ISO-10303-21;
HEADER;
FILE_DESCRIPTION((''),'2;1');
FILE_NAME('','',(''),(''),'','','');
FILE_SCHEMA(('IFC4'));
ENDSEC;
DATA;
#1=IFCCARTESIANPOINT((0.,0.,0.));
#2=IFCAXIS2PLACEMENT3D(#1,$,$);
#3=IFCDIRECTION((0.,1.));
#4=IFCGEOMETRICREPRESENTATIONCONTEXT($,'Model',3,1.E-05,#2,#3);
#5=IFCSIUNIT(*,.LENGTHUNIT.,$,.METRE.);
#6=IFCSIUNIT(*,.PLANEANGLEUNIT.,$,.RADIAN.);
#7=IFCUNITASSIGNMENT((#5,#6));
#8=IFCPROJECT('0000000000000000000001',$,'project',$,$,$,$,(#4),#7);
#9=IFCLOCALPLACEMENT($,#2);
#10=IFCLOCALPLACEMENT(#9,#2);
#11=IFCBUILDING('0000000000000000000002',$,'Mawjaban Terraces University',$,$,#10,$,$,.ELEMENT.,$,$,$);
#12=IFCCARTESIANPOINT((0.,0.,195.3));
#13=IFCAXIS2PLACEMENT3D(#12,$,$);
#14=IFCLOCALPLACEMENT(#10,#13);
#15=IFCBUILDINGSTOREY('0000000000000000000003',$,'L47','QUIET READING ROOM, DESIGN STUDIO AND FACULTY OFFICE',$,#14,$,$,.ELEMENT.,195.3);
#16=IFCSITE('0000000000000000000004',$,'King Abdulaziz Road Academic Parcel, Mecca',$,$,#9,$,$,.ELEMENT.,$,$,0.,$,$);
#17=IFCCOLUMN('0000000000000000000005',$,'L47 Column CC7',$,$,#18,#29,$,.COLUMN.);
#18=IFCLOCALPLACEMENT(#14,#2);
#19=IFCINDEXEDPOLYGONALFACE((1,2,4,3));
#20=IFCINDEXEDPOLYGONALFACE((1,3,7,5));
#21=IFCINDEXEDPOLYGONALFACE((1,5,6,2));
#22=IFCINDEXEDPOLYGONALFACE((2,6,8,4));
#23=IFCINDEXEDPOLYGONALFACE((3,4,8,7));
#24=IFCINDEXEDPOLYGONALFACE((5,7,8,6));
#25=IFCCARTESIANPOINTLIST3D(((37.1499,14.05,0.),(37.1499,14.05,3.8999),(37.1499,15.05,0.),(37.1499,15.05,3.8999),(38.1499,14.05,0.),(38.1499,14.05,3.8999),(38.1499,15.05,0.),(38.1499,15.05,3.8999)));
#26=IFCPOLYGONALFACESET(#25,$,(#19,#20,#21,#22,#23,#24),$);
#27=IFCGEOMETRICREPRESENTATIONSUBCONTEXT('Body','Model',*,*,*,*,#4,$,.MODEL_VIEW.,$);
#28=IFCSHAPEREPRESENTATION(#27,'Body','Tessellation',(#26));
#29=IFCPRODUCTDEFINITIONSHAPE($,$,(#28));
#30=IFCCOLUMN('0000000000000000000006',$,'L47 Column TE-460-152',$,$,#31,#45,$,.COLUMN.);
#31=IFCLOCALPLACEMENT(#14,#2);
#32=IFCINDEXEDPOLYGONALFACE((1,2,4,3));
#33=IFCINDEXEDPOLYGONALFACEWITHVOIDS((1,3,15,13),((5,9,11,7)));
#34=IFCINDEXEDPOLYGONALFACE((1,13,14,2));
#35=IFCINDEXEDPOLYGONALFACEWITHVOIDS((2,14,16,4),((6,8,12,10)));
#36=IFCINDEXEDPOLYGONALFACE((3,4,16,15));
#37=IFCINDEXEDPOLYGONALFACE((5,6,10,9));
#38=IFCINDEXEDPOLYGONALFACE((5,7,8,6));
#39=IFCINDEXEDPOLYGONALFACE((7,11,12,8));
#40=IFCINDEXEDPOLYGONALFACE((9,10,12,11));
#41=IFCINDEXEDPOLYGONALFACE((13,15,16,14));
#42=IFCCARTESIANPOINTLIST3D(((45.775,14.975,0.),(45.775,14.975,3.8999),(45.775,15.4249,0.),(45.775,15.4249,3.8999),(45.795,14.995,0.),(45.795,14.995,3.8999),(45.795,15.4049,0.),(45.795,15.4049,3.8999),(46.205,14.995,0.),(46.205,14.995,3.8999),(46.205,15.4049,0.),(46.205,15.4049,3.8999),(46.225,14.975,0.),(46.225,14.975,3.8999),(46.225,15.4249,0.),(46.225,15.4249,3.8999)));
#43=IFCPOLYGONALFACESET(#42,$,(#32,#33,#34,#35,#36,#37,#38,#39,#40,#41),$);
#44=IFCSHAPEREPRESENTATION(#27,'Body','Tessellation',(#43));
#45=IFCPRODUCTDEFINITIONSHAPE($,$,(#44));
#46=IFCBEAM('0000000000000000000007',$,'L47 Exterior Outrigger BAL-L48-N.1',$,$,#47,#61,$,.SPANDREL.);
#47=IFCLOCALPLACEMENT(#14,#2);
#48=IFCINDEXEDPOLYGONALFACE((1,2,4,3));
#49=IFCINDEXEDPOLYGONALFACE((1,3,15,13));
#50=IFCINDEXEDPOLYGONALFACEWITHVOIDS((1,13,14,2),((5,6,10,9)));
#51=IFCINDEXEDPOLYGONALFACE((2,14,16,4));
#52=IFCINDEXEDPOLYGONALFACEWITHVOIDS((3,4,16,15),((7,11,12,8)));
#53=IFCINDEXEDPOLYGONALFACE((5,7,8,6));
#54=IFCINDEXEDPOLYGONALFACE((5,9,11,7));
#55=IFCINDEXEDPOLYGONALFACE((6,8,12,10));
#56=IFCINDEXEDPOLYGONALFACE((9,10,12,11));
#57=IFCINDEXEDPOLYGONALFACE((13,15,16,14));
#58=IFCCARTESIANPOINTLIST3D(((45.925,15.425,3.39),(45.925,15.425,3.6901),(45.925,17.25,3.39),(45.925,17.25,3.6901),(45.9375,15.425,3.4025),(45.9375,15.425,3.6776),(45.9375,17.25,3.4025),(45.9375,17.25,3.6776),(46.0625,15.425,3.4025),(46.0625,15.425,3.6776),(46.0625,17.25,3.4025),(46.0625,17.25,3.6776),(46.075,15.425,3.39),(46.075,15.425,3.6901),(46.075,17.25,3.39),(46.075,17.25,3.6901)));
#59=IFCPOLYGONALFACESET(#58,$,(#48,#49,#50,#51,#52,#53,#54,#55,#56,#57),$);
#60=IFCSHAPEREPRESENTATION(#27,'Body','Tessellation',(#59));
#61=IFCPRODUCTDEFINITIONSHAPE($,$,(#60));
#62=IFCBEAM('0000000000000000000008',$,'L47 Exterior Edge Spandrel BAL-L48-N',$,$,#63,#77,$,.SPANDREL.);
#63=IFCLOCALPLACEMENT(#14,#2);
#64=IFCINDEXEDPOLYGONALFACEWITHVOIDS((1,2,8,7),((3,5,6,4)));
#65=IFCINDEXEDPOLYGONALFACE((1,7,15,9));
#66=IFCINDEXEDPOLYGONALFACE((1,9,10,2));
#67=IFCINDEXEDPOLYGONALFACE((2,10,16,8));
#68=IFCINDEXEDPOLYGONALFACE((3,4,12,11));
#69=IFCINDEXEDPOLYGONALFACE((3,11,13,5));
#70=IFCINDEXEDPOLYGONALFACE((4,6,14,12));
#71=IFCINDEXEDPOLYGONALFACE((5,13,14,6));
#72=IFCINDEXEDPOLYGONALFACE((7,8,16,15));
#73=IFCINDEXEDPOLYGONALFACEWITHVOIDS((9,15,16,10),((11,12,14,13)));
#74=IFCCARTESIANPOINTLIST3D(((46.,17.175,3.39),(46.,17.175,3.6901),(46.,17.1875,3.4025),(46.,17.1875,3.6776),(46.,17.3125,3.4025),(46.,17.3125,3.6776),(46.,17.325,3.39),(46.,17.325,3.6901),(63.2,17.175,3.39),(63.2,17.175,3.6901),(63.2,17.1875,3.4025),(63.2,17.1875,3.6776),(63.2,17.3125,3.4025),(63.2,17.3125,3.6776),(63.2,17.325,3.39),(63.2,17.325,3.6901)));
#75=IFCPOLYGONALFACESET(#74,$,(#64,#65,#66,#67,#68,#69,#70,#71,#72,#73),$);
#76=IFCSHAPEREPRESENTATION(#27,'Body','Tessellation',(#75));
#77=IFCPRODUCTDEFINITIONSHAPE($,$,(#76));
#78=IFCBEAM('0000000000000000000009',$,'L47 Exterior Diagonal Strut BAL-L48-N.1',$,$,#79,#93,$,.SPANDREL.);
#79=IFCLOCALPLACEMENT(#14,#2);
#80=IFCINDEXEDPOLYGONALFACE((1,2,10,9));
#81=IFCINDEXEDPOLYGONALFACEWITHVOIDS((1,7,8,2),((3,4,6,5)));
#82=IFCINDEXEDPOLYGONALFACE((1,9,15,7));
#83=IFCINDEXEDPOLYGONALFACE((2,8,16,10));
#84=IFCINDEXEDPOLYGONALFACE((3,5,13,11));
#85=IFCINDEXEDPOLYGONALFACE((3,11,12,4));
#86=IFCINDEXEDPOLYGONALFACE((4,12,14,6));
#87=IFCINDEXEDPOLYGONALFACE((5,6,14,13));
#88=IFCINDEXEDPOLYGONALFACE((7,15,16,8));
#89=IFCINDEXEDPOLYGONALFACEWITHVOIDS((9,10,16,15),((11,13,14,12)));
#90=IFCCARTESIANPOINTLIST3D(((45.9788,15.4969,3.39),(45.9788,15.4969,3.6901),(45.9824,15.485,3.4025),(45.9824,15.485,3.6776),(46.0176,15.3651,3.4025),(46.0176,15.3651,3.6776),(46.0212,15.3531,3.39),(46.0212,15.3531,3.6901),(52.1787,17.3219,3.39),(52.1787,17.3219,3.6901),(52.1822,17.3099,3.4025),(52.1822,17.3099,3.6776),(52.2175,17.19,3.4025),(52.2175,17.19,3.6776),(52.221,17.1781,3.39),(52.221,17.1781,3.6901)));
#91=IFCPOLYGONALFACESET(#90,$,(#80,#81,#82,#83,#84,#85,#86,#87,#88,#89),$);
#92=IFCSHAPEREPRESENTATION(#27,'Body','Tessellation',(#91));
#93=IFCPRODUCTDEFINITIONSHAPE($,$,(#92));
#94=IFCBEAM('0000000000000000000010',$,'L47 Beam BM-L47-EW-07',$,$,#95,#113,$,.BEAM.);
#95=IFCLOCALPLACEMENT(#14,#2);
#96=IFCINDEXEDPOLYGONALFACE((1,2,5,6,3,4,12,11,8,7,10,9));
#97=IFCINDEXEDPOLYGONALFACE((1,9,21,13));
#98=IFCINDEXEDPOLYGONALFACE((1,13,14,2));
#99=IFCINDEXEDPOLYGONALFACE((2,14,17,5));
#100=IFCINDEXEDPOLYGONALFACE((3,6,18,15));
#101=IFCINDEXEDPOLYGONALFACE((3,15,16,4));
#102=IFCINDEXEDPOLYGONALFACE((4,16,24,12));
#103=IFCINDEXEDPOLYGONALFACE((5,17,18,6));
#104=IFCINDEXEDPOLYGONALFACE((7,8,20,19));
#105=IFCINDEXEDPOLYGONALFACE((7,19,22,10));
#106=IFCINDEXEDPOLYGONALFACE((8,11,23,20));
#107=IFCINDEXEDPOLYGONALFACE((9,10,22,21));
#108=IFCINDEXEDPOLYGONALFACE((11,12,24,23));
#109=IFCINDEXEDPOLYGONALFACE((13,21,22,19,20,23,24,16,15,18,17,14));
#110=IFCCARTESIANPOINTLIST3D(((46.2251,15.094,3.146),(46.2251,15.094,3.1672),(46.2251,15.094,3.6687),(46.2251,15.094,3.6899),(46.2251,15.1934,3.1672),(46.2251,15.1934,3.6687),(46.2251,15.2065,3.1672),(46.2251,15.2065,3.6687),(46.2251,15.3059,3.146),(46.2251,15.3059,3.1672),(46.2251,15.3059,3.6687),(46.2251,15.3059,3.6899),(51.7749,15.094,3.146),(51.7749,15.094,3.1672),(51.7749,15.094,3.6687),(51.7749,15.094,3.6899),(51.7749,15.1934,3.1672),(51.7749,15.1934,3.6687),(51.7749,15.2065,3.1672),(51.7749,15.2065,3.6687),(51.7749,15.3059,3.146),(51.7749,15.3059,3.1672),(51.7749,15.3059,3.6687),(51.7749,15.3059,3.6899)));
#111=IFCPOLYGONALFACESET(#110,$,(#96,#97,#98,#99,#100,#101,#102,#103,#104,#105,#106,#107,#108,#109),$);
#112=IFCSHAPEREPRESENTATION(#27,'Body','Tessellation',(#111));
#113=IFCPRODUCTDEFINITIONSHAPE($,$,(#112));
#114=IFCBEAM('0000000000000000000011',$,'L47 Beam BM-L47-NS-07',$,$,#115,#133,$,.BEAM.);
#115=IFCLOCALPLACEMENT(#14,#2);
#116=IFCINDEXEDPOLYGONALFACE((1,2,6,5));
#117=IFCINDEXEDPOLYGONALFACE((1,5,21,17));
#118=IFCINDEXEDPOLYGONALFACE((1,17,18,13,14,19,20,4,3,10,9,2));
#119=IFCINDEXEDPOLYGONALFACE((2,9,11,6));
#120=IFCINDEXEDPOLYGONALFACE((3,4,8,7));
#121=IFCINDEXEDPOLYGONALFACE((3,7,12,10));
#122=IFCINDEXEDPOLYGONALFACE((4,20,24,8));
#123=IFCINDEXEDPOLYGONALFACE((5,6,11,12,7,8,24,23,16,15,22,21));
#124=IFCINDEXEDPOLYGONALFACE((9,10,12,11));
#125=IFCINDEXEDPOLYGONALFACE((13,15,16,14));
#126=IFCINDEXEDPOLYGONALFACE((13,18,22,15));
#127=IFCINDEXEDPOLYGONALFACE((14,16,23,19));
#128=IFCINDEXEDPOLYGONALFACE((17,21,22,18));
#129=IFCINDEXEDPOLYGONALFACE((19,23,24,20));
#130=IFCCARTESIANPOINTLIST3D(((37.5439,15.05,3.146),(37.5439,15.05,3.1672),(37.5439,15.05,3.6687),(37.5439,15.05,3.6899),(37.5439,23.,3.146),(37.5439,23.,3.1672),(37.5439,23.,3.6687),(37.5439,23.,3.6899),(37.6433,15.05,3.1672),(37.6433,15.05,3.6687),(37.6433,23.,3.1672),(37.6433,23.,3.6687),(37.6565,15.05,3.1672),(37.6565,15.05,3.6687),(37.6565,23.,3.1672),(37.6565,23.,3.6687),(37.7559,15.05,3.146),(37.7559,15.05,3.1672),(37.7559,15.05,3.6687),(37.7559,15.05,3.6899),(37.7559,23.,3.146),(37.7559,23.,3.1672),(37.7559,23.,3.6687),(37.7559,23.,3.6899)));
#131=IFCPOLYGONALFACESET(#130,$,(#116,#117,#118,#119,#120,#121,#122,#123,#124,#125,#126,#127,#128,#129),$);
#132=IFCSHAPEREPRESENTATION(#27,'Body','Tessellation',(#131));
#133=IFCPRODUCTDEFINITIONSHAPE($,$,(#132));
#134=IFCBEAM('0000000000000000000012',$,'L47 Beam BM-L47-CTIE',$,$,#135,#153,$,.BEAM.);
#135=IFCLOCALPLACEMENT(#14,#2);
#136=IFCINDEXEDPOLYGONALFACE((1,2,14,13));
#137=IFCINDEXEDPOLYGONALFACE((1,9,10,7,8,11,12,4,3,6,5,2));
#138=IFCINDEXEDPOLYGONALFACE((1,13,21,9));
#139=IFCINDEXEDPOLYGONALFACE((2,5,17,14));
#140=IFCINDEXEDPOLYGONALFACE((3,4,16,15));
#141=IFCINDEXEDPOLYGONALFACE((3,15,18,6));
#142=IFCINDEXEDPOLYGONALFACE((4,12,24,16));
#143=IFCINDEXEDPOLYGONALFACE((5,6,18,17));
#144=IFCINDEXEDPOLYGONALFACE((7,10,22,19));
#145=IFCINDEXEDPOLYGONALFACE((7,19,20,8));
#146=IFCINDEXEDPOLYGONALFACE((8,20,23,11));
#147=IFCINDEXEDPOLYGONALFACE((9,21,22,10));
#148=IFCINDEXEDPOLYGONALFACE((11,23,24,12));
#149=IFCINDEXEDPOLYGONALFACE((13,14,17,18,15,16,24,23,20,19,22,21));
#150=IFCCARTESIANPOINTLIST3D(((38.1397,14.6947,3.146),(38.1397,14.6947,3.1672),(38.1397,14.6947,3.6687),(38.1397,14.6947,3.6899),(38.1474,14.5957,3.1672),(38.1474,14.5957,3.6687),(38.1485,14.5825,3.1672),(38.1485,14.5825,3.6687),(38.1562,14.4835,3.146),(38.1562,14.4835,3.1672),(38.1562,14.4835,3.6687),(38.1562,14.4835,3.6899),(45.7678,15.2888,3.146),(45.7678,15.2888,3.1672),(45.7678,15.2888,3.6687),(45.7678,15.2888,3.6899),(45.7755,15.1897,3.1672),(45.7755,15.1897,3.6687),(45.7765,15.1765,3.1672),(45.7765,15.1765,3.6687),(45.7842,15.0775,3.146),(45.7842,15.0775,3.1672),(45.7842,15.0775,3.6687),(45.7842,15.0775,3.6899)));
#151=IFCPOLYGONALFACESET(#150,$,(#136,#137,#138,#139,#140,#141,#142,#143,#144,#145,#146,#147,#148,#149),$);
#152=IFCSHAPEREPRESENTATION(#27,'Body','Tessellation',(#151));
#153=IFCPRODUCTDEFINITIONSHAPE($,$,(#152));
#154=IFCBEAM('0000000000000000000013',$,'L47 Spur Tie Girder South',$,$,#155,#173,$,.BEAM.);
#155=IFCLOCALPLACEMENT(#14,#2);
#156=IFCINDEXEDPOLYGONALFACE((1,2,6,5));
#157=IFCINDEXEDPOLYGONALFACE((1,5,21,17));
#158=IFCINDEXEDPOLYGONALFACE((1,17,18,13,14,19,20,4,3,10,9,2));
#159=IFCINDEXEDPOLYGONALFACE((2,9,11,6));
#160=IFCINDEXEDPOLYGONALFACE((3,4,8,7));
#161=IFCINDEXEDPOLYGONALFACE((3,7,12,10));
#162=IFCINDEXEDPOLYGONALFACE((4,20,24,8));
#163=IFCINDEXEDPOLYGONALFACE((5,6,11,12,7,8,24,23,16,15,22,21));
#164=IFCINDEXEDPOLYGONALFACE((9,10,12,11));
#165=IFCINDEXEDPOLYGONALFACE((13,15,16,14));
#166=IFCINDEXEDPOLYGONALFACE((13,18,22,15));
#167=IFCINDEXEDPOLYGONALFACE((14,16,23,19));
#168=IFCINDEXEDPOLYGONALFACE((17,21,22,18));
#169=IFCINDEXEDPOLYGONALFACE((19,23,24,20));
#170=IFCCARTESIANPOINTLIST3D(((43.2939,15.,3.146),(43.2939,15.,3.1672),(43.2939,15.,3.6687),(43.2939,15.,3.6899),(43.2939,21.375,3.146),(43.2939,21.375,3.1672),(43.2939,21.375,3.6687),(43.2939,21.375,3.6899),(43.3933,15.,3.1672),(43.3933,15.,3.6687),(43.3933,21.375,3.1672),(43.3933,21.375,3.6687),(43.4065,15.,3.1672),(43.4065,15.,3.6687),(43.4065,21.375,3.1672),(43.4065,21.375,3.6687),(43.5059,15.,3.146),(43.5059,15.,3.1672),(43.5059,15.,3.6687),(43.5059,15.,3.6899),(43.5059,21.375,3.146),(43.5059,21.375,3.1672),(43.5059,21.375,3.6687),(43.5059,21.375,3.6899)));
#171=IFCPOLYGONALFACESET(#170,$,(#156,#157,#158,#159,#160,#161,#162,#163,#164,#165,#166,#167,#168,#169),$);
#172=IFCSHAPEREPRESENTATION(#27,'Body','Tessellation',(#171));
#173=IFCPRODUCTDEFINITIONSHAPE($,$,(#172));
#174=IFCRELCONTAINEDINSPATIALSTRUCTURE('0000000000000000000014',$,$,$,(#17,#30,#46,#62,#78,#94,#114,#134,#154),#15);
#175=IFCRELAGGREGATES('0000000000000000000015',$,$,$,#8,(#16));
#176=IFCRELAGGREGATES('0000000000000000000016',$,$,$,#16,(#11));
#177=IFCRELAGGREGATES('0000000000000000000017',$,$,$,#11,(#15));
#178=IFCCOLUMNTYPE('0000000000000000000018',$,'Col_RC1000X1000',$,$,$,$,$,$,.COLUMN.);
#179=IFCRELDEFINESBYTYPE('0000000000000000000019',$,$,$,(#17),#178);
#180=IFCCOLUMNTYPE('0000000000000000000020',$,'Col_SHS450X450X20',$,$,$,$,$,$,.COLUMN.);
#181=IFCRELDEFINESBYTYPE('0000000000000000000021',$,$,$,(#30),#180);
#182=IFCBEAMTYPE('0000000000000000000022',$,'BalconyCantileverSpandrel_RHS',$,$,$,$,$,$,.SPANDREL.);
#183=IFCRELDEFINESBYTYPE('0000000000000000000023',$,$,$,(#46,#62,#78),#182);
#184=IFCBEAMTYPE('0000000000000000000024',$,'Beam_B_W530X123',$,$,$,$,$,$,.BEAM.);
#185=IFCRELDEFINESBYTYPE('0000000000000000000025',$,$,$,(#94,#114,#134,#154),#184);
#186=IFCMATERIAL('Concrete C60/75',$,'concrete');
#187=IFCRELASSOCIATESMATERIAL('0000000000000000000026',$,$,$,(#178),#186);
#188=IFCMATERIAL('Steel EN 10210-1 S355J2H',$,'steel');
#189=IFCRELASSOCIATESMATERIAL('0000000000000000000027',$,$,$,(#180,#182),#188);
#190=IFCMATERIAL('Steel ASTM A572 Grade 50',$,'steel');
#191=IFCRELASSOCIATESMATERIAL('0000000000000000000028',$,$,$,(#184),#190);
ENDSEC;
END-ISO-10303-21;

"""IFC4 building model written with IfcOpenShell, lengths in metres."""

from ifc_helpers import new_model, si_unit, direction, frame, origin, origin_2d, place, context, subcontext, project, spatial, rectangle, hollow_rectangle, i_section, extrude, material, material_profile, profile_set, type_object, element, save


model = new_model("IFC4")

# Units and contexts
model_context = context("Model", 3, precision=1e-05, world=origin(), true_north=direction((0.0, 1.0)))
body_context = subcontext(model_context, "Body", "Model", "MODEL_VIEW")
ifc_project = project(units=[si_unit("LENGTHUNIT", "METRE"), si_unit("PLANEANGLEUNIT", "RADIAN")], contexts=[model_context])

# Site, building, storey
site_placement = place(None, origin())
site = spatial("IfcSite", under=ifc_project, at=site_placement, Name="King Abdulaziz Road Academic Parcel, Mecca", CompositionType="ELEMENT", RefElevation=0.0)
building_placement = place(site_placement, origin())
building = spatial("IfcBuilding", under=site, at=building_placement, Name="Mawjaban Terraces University", CompositionType="ELEMENT")
storey_placement = place(building_placement, frame((0.0, 0.0, 195.3)))
storey = spatial("IfcBuildingStorey", under=building, at=storey_placement, Name="L47", Description="QUIET READING ROOM, DESIGN STUDIO AND FACULTY OFFICE", CompositionType="ELEMENT", Elevation=195.3)

# Columns
ifc_material_1 = material(Name="Concrete C60/75", Category="concrete")
ifc_material_profile_1 = material_profile(ifc_material_1, rectangle(XDim=1.0, YDim=1.0, at=origin_2d()), Name="RC1000X1000")
ifc_profile_set_1 = profile_set([ifc_material_profile_1], Name="Concrete C60/75")
column_type_1 = type_object("IfcColumnType", Name="Col_RC1000X1000", PredefinedType="COLUMN", material=ifc_profile_set_1)
column_1_placement = place(storey_placement, frame((37.6499, 14.55, 0.0), z_axis=(0.0, 0.0, 1.0), x_axis=(1.0, 0.0, 0.0)))
element("IfcColumn", 1, at=column_1_placement, inside=storey, type_object=column_type_1, Name="L47 Column CC7", PredefinedType="COLUMN", context=body_context, shape_type="SweptSolid", body=[
    extrude(rectangle(XDim=1.0, YDim=1.0, at=origin_2d()), origin(), (0.0, 0.0, 1.0), 3.8999),
])
ifc_material_2 = material(Name="Steel EN 10210-1 S355J2H", Category="steel")
ifc_material_profile_2 = material_profile(ifc_material_2, hollow_rectangle(XDim=0.45, YDim=0.45, WallThickness=0.02, at=origin_2d()), Name="SHS450X450X20")
ifc_profile_set_2 = profile_set([ifc_material_profile_2], Name="Steel EN 10210-1 S355J2H")
column_type_2 = type_object("IfcColumnType", Name="Col_SHS450X450X20", PredefinedType="COLUMN", material=ifc_profile_set_2)
column_2_placement = place(storey_placement, frame((46.0, 15.2, 0.0), z_axis=(0.0, 0.0, 1.0), x_axis=(1.0, 0.0, 0.0)))
element("IfcColumn", 2, at=column_2_placement, inside=storey, type_object=column_type_2, Name="L47 Column TE-460-152", PredefinedType="COLUMN", context=body_context, shape_type="SweptSolid", body=[
    extrude(hollow_rectangle(XDim=0.45, YDim=0.45, WallThickness=0.02, at=origin_2d()), origin(), (0.0, 0.0, 1.0), 3.8999),
])

# Beams
ifc_material_profile_3 = material_profile(ifc_material_2, hollow_rectangle(XDim=0.1499, YDim=0.3, WallThickness=0.0125, at=origin_2d()), Name="RHS300X150X12.5")
ifc_profile_set_3 = profile_set([ifc_material_profile_3], Name="Steel EN 10210-1 S355J2H")
beam_type_1 = type_object("IfcBeamType", Name="BalconyCantileverSpandrel_RHS", PredefinedType="SPANDREL", material=ifc_profile_set_3)
beam_1_placement = place(storey_placement, frame((46.0, 15.425, 3.54), z_axis=(0.0, 1.0, 0.0), x_axis=(-1.0, 0.0, 0.0)))
element("IfcBeam", 3, at=beam_1_placement, inside=storey, type_object=beam_type_1, Name="L47 Exterior Outrigger BAL-L48-N.1", PredefinedType="SPANDREL", context=body_context, shape_type="SweptSolid", body=[
    extrude(hollow_rectangle(XDim=0.1499, YDim=0.3, WallThickness=0.0125, at=origin_2d()), origin(), (0.0, 0.0, 1.0), 1.825),
])
beam_2_placement = place(storey_placement, frame((46.0, 17.25, 3.54), z_axis=(1.0, 0.0, 0.0), x_axis=(0.0, 1.0, 0.0)))
element("IfcBeam", 4, at=beam_2_placement, inside=storey, type_object=beam_type_1, Name="L47 Exterior Edge Spandrel BAL-L48-N", PredefinedType="SPANDREL", context=body_context, shape_type="SweptSolid", body=[
    extrude(hollow_rectangle(XDim=0.1499, YDim=0.3, WallThickness=0.0125, at=origin_2d()), origin(), (0.0, 0.0, 1.0), 17.2),
])
beam_3_placement = place(storey_placement, frame((46.0, 15.425, 3.54), z_axis=(0.959305, 0.282371, 0.0), x_axis=(-0.282371, 0.959305, 0.0)))
element("IfcBeam", 5, at=beam_3_placement, inside=storey, type_object=beam_type_1, Name="L47 Exterior Diagonal Strut BAL-L48-N.1", PredefinedType="SPANDREL", context=body_context, shape_type="SweptSolid", body=[
    extrude(hollow_rectangle(XDim=0.1499, YDim=0.3, WallThickness=0.0125, at=origin_2d()), origin(), (0.0, 0.0, 1.0), 6.4629),
])
ifc_material_3 = material(Name="Steel ASTM A572 Grade 50", Category="steel")
ifc_material_profile_4 = material_profile(ifc_material_3, i_section(OverallWidth=0.2119, OverallDepth=0.5439, WebThickness=0.0132, FlangeThickness=0.0212, at=origin_2d()), Name="W530X123")
ifc_profile_set_4 = profile_set([ifc_material_profile_4], Name="Steel ASTM A572 Grade 50")
beam_type_2 = type_object("IfcBeamType", Name="Beam_B_W530X123", PredefinedType="BEAM", material=ifc_profile_set_4)
beam_4_placement = place(storey_placement, frame((46.2251, 15.2, 3.418), z_axis=(1.0, 0.0, 0.0), x_axis=(0.0, 1.0, 0.0)))
element("IfcBeam", 6, at=beam_4_placement, inside=storey, type_object=beam_type_2, Name="L47 Beam BM-L47-EW-07", PredefinedType="BEAM", context=body_context, shape_type="SweptSolid", body=[
    extrude(i_section(OverallWidth=0.2119, OverallDepth=0.5439, WebThickness=0.0132, FlangeThickness=0.0212, at=origin_2d()), origin(), (0.0, 0.0, 1.0), 5.5498),
])
beam_5_placement = place(storey_placement, frame((37.6499, 15.05, 3.418), z_axis=(0.0, 1.0, 0.0), x_axis=(-1.0, 0.0, 0.0)))
element("IfcBeam", 7, at=beam_5_placement, inside=storey, type_object=beam_type_2, Name="L47 Beam BM-L47-NS-07", PredefinedType="BEAM", context=body_context, shape_type="SweptSolid", body=[
    extrude(i_section(OverallWidth=0.2119, OverallDepth=0.5439, WebThickness=0.0132, FlangeThickness=0.0212, at=origin_2d()), origin(), (0.0, 0.0, 1.0), 7.95),
])
beam_6_placement = place(storey_placement, frame((38.1479, 14.5891, 3.418), z_axis=(0.996982, 0.077636, 0.0), x_axis=(-0.077636, 0.996982, 0.0)))
element("IfcBeam", 8, at=beam_6_placement, inside=storey, type_object=beam_type_2, Name="L47 Beam BM-L47-CTIE", PredefinedType="BEAM", context=body_context, shape_type="SweptSolid", body=[
    extrude(i_section(OverallWidth=0.2119, OverallDepth=0.5439, WebThickness=0.0132, FlangeThickness=0.0212, at=origin_2d()), origin(), (0.0, 0.0, 1.0), 7.6511),
])
beam_7_placement = place(storey_placement, frame((43.3999, 15.0, 3.418), z_axis=(0.0, 1.0, 0.0), x_axis=(-1.0, 0.0, 0.0)))
element("IfcBeam", 9, at=beam_7_placement, inside=storey, type_object=beam_type_2, Name="L47 Spur Tie Girder South", PredefinedType="BEAM", context=body_context, shape_type="SweptSolid", body=[
    extrude(i_section(OverallWidth=0.2119, OverallDepth=0.5439, WebThickness=0.0132, FlangeThickness=0.0212, at=origin_2d()), origin(), (0.0, 0.0, 1.0), 6.375),
])

save(model, "model.ifc")
